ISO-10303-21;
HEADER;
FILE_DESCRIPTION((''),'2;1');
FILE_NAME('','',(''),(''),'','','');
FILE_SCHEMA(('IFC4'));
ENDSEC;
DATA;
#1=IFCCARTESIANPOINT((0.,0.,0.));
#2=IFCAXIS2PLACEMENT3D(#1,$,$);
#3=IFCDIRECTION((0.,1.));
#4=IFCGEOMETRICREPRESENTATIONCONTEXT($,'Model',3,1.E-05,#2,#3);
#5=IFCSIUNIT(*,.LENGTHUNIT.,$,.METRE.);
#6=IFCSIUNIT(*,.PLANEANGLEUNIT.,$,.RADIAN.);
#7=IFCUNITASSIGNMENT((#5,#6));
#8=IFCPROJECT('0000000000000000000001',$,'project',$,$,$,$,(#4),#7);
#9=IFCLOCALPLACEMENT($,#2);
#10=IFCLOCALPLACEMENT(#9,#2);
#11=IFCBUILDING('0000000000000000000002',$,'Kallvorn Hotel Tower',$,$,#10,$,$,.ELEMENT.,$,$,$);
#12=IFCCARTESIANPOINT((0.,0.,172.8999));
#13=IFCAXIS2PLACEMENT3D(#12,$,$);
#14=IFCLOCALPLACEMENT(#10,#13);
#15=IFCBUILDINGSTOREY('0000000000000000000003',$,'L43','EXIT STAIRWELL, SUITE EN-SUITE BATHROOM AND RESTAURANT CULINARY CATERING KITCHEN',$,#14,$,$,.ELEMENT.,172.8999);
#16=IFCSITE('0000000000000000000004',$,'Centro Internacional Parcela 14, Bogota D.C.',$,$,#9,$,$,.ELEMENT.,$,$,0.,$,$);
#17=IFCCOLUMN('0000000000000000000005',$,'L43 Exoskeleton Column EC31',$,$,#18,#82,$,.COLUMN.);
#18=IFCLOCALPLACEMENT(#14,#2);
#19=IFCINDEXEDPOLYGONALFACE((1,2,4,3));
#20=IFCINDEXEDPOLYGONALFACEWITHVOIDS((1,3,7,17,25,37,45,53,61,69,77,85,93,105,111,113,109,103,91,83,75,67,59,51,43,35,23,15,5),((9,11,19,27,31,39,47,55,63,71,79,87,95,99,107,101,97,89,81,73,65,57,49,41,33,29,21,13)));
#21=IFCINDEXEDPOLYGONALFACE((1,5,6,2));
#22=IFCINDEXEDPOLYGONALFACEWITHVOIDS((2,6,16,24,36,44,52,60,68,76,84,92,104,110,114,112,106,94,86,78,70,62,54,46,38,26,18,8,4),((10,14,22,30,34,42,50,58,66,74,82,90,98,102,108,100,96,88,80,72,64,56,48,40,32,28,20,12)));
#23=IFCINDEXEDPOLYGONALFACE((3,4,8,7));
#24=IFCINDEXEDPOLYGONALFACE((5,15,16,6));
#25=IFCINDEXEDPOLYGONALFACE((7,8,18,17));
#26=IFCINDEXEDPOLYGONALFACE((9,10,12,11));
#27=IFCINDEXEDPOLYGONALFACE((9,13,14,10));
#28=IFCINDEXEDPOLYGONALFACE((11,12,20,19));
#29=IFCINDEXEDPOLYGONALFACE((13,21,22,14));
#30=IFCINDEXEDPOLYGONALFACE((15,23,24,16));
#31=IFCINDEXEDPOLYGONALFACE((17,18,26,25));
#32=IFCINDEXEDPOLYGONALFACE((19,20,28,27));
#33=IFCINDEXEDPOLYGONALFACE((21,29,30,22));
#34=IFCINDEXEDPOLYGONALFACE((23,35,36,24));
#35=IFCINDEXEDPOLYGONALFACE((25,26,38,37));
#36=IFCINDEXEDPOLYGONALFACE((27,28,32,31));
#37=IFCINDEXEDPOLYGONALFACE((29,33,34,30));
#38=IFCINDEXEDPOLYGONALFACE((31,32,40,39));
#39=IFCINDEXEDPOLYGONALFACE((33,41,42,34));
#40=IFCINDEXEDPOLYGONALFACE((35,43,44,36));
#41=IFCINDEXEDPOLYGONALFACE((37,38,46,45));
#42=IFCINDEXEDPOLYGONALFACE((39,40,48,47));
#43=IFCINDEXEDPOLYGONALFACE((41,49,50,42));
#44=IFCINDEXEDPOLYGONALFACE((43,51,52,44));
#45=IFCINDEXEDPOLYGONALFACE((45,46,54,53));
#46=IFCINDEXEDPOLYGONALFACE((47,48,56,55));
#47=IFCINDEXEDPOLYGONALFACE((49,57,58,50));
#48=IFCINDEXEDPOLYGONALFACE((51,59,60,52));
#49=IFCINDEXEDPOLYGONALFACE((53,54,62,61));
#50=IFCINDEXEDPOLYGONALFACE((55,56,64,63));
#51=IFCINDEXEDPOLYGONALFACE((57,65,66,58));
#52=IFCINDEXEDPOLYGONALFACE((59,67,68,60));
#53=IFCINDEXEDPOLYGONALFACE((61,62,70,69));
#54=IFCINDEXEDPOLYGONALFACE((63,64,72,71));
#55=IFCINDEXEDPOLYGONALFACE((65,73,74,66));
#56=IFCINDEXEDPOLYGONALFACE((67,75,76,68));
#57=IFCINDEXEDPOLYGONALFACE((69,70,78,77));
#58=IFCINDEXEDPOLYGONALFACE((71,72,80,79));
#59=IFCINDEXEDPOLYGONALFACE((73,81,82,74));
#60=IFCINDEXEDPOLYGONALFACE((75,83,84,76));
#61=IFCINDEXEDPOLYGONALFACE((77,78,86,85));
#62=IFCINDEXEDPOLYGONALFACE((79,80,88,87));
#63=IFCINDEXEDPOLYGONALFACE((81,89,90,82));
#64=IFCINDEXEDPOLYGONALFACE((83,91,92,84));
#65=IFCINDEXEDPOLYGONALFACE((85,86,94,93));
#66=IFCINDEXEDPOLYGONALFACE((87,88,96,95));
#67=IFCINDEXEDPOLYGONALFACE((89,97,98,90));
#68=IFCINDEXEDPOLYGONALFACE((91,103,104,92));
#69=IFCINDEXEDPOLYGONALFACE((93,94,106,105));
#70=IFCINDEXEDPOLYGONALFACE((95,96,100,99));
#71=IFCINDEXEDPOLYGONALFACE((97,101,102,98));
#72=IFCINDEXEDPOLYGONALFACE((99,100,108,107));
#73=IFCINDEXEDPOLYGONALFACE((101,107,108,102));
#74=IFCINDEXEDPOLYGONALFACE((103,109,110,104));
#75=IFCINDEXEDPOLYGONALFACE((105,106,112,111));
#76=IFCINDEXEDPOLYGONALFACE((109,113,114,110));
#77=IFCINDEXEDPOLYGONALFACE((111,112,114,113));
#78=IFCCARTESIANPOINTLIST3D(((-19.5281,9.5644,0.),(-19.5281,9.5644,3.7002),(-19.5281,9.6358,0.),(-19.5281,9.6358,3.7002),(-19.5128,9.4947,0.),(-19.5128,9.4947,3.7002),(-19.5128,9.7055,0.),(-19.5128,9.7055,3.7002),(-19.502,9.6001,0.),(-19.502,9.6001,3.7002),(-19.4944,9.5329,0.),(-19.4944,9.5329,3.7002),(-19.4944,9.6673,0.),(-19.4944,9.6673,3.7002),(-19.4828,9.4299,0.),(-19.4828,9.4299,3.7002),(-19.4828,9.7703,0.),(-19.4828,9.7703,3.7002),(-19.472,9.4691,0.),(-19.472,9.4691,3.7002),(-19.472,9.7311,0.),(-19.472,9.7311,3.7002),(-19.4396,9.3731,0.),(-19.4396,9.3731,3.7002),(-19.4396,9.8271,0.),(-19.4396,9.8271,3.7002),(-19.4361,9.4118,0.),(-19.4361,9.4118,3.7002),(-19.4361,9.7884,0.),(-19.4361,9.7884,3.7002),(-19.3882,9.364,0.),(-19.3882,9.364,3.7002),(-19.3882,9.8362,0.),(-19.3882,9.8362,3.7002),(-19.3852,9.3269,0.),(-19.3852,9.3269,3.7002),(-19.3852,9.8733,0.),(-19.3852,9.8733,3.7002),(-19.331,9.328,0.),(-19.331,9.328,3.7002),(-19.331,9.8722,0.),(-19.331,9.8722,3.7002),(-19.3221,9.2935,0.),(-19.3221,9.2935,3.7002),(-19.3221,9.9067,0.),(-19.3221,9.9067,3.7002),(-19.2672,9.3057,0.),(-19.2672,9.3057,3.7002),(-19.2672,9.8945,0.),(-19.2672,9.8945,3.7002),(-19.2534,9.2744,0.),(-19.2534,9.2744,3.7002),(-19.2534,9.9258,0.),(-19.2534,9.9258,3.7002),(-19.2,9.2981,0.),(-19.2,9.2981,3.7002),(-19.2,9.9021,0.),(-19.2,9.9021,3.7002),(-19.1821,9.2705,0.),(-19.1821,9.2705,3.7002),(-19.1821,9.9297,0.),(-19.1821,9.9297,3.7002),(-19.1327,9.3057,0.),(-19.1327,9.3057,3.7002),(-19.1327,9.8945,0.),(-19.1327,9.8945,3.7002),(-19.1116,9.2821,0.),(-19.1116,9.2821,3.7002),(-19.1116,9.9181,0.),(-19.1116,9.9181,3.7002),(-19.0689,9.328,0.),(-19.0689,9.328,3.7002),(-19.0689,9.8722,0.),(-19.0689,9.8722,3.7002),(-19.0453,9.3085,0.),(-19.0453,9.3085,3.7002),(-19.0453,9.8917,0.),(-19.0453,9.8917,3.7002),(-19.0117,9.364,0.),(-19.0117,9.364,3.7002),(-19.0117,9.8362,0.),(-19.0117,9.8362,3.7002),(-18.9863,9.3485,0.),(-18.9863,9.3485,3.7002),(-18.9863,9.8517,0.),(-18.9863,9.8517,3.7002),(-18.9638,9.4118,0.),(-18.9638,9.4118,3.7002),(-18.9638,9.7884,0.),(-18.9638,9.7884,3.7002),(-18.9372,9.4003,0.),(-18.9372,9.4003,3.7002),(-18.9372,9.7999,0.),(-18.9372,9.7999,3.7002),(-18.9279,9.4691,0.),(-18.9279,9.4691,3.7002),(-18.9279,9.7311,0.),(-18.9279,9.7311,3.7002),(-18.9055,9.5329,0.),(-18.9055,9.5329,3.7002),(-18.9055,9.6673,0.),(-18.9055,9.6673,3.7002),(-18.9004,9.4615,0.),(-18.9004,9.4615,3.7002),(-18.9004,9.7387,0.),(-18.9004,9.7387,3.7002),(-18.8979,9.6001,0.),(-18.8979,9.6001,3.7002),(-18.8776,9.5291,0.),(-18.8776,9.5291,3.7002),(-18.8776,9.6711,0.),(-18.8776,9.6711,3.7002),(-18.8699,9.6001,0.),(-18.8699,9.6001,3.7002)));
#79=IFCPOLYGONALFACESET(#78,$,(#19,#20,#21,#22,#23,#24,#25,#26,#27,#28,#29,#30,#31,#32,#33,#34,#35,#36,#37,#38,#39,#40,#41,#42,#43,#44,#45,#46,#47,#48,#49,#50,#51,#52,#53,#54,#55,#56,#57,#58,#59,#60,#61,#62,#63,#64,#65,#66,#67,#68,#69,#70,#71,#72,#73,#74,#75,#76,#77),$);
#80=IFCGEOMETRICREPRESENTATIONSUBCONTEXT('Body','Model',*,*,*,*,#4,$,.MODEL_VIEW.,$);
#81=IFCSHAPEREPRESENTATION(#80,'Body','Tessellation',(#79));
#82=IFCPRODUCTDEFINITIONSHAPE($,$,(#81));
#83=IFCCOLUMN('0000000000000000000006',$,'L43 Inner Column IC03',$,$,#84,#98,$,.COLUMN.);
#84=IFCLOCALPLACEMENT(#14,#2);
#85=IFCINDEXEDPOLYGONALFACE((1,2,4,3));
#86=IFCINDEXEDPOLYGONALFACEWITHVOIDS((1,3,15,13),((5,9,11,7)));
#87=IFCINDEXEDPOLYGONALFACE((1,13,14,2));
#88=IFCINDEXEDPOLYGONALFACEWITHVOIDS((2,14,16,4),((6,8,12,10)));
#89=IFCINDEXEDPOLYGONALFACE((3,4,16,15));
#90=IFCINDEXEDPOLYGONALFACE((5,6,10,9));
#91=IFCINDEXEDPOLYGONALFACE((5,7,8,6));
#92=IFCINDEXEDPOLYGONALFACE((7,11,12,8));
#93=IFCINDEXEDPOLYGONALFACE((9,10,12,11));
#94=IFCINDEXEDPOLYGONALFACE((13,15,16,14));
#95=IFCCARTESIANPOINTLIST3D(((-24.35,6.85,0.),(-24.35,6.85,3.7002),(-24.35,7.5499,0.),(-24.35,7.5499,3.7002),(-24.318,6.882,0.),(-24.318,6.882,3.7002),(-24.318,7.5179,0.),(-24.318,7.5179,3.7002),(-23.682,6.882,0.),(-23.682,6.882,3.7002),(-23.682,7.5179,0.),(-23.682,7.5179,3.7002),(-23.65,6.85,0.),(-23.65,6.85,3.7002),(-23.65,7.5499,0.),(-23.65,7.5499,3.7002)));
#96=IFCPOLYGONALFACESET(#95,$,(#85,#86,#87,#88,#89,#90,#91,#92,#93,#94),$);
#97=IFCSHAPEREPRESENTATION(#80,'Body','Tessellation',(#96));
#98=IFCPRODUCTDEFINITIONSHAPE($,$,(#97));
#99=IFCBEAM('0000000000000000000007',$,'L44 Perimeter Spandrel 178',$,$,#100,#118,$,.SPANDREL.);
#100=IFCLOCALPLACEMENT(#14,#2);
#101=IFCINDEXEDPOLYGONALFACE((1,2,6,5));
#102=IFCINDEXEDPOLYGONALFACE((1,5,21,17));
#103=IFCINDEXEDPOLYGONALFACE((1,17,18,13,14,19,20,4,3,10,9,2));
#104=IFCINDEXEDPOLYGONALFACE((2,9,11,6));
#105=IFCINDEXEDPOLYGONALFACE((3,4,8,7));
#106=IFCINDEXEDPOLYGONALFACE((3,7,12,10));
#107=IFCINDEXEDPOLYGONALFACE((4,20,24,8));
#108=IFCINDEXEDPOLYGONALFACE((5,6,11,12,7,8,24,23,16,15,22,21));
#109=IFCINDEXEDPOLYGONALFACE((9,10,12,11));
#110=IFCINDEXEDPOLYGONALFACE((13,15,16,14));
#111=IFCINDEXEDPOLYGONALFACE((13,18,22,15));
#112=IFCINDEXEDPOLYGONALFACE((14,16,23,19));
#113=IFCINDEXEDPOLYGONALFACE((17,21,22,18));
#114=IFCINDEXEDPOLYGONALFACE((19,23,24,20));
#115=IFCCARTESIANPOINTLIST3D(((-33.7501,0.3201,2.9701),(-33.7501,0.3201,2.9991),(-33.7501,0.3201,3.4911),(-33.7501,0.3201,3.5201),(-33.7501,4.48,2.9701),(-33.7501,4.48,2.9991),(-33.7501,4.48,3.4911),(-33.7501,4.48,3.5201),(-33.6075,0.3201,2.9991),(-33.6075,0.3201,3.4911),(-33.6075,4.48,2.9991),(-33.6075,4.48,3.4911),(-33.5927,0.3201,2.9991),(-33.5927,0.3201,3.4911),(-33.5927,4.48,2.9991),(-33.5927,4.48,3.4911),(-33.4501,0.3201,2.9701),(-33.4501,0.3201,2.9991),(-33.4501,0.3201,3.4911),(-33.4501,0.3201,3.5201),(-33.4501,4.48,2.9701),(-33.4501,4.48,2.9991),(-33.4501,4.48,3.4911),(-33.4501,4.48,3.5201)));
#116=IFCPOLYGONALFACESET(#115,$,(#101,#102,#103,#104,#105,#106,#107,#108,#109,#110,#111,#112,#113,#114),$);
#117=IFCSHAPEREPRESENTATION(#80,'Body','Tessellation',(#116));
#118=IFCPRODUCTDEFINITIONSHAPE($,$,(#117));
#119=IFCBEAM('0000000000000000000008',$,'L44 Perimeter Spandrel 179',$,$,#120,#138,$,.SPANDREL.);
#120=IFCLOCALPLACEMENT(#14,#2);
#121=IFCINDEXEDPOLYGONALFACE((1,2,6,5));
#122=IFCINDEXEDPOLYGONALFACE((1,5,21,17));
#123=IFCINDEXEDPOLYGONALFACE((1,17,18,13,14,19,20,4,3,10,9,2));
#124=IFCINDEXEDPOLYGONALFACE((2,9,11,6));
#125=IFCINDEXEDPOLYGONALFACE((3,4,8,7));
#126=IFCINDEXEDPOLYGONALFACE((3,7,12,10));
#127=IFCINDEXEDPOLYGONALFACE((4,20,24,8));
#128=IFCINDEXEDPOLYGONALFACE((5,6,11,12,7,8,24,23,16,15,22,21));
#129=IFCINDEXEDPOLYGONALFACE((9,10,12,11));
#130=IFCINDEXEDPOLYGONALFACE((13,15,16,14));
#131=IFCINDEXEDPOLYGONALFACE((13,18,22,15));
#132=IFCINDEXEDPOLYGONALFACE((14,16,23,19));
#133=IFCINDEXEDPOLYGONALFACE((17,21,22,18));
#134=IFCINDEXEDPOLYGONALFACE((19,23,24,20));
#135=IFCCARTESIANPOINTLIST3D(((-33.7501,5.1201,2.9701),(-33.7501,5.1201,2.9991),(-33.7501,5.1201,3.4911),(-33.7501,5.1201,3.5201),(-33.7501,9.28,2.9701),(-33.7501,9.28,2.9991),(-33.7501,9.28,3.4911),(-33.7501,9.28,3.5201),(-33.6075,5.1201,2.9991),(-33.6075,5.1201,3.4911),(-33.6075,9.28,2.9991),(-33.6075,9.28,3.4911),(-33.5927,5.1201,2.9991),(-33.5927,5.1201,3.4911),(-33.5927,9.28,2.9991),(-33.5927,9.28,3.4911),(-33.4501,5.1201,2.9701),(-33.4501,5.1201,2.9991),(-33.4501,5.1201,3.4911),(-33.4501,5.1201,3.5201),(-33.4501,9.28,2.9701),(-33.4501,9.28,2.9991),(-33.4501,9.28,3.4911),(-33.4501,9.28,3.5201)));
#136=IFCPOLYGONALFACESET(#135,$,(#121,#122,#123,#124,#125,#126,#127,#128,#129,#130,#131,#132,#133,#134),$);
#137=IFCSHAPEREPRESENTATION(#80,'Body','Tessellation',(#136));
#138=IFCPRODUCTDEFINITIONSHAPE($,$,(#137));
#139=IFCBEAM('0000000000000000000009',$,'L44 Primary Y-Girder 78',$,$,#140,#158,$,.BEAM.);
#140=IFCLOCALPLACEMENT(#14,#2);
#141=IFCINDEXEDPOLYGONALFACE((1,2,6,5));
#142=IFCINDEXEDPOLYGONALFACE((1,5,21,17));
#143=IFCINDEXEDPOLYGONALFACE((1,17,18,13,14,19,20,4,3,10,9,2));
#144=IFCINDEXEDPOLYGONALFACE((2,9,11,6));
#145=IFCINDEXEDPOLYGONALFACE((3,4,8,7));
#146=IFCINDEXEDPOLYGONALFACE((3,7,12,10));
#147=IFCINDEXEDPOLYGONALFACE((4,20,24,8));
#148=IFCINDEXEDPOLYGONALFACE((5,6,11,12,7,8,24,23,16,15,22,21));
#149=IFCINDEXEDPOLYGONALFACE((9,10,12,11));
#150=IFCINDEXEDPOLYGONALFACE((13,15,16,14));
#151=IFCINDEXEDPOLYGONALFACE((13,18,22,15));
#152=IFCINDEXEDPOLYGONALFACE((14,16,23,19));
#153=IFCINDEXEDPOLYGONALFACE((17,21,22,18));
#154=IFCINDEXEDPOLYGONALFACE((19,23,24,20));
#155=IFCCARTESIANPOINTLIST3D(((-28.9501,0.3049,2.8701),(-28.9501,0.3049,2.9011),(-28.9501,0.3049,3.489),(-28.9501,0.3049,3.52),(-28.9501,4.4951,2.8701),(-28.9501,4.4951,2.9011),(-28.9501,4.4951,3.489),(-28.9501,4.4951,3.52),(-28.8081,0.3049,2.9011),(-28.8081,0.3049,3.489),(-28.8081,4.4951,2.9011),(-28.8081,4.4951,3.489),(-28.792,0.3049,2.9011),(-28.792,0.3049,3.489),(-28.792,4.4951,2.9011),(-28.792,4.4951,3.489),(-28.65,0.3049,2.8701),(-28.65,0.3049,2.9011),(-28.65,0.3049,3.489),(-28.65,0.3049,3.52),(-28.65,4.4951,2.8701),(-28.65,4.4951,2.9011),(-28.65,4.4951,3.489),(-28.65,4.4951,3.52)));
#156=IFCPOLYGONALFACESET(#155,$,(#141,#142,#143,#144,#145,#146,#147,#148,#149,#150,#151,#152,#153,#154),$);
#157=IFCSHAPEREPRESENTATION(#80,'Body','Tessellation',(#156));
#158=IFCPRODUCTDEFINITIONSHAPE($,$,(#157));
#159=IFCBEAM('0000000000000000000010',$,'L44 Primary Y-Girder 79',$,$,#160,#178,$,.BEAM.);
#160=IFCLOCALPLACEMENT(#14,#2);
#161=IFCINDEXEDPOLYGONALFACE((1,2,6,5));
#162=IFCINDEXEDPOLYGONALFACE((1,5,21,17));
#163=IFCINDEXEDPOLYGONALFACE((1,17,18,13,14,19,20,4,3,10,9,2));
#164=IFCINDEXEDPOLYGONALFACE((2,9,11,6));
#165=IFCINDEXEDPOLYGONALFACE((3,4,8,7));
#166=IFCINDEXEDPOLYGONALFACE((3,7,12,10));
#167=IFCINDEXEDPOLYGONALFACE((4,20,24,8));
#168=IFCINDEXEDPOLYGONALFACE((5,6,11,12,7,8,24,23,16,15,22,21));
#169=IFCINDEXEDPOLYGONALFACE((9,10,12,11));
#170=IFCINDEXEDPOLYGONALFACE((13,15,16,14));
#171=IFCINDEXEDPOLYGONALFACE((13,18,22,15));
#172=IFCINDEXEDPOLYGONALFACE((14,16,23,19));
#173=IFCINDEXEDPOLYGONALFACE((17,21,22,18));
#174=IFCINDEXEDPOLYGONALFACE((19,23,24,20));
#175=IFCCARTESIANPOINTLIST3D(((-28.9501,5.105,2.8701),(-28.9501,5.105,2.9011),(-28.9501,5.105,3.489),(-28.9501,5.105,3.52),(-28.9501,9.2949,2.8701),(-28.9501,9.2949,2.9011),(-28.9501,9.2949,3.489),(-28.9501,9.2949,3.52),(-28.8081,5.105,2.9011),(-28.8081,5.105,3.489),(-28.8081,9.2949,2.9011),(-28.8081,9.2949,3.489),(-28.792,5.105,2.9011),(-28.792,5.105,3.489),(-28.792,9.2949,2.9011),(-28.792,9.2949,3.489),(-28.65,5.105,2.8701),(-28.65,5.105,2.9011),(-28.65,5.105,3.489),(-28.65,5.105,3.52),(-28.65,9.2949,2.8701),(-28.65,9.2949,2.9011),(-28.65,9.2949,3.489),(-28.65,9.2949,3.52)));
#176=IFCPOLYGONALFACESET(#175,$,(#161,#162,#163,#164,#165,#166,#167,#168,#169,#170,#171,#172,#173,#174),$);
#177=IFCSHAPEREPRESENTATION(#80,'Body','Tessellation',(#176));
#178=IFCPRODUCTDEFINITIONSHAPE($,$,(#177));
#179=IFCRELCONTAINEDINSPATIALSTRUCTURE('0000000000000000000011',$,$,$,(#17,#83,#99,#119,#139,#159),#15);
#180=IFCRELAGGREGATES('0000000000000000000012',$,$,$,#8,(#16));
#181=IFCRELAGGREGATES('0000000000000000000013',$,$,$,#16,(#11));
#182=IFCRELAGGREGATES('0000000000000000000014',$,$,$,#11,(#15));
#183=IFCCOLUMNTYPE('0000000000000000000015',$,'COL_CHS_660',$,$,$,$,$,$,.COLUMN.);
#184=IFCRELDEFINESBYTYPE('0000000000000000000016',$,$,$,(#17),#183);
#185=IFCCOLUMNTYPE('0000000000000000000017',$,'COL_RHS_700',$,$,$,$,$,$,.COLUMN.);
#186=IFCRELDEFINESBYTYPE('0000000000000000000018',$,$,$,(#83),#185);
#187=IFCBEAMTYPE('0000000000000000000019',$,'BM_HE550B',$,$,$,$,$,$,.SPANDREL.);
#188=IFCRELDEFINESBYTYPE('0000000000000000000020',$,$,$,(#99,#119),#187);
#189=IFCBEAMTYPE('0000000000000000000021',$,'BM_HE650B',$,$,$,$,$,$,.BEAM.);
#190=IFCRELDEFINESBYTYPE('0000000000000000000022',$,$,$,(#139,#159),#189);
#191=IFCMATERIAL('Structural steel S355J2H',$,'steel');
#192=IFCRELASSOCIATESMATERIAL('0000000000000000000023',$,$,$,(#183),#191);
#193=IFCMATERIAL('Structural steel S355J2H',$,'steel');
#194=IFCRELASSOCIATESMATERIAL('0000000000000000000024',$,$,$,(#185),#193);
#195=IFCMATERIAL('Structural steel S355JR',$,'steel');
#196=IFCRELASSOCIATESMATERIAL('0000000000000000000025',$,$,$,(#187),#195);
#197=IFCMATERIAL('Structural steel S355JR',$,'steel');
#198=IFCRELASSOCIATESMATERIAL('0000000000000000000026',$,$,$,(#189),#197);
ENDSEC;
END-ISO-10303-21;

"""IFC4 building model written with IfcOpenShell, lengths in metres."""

from ifc_helpers import new_model, si_unit, direction, frame, origin, origin_2d, place, context, subcontext, project, spatial, hollow_rectangle, hollow_circle, i_section, extrude, material, material_profile, profile_set, type_object, element, save


model = new_model("IFC4")

# Units and contexts
model_context = context("Model", 3, precision=1e-05, world=origin(), true_north=direction((0.0, 1.0)))
body_context = subcontext(model_context, "Body", "Model", "MODEL_VIEW")
ifc_project = project(units=[si_unit("LENGTHUNIT", "METRE"), si_unit("PLANEANGLEUNIT", "RADIAN")], contexts=[model_context])

# Site, building, storey
site_placement = place(None, origin())
site = spatial("IfcSite", under=ifc_project, at=site_placement, Name="Centro Internacional Parcela 14, Bogota D.C.", CompositionType="ELEMENT", RefElevation=0.0)
building_placement = place(site_placement, origin())
building = spatial("IfcBuilding", under=site, at=building_placement, Name="Kallvorn Hotel Tower", CompositionType="ELEMENT")
storey_placement = place(building_placement, frame((0.0, 0.0, 172.8999)))
storey = spatial("IfcBuildingStorey", under=building, at=storey_placement, Name="L43", Description="EXIT STAIRWELL, SUITE EN-SUITE BATHROOM AND RESTAURANT CULINARY CATERING KITCHEN", CompositionType="ELEMENT", Elevation=172.8999)

# Columns
ifc_material_1 = material(Name="Structural steel S355J2H", Category="steel")
ifc_material_profile_1 = material_profile(ifc_material_1, hollow_circle(Radius=0.3301, WallThickness=0.0281, at=origin_2d()), Name="CHS 660x28")
ifc_profile_set_1 = profile_set([ifc_material_profile_1], Name="Structural steel S355J2H")
column_type_1 = type_object("IfcColumnType", Name="COL_CHS_660", PredefinedType="COLUMN", material=ifc_profile_set_1)
for number, where, z_axis, x_axis, name in (
    (1, (-19.2, 9.6001, 0.0), (0.0, 0.0, 1.0), (1.0, 0.0, 0.0), "L43 Exoskeleton Column EC31"),
):
    element("IfcColumn", number, at=place(storey_placement, frame(where, z_axis=z_axis, x_axis=x_axis)), inside=storey, type_object=column_type_1, Name=name, PredefinedType="COLUMN", context=body_context, shape_type="SweptSolid", body=[
        extrude(hollow_circle(Radius=0.3301, WallThickness=0.0281, at=origin_2d()), origin(), (0.0, 0.0, 1.0), 3.7002),
    ])
ifc_material_2 = material(Name="Structural steel S355J2H", Category="steel")
ifc_material_profile_2 = material_profile(ifc_material_2, hollow_rectangle(XDim=0.7, YDim=0.7, WallThickness=0.032, at=origin_2d()), Name="RHS 700x700x32")
ifc_profile_set_2 = profile_set([ifc_material_profile_2], Name="Structural steel S355J2H")
column_type_2 = type_object("IfcColumnType", Name="COL_RHS_700", PredefinedType="COLUMN", material=ifc_profile_set_2)
column_placement = place(storey_placement, frame((-24.0, 7.2, 0.0), z_axis=(0.0, 0.0, 1.0), x_axis=(1.0, 0.0, 0.0)))
element("IfcColumn", 2, at=column_placement, inside=storey, type_object=column_type_2, Name="L43 Inner Column IC03", PredefinedType="COLUMN", context=body_context, shape_type="SweptSolid", body=[
    extrude(hollow_rectangle(XDim=0.7, YDim=0.7, WallThickness=0.032, at=origin_2d()), origin(), (0.0, 0.0, 1.0), 3.7002),
])

# Beams
ifc_material_3 = material(Name="Structural steel S355JR", Category="steel")
ifc_material_profile_3 = material_profile(ifc_material_3, i_section(OverallWidth=0.3, OverallDepth=0.55, WebThickness=0.0149, FlangeThickness=0.0291, at=origin_2d()), Name="HE 550 B")
ifc_profile_set_3 = profile_set([ifc_material_profile_3], Name="Structural steel S355JR")
beam_type_1 = type_object("IfcBeamType", Name="BM_HE550B", PredefinedType="SPANDREL", material=ifc_profile_set_3)
for number, where, z_axis, x_axis, name in (
    (3, (-33.6001, 0.3201, 3.2451), (0.0, 1.0, 0.0), (-1.0, 0.0, 0.0), "L44 Perimeter Spandrel 178"),
    (4, (-33.6001, 5.1201, 3.2451), (0.0, 1.0, 0.0), (-1.0, 0.0, 0.0), "L44 Perimeter Spandrel 179"),
):
    element("IfcBeam", number, at=place(storey_placement, frame(where, z_axis=z_axis, x_axis=x_axis)), inside=storey, type_object=beam_type_1, Name=name, PredefinedType="SPANDREL", context=body_context, shape_type="SweptSolid", body=[
        extrude(i_section(OverallWidth=0.3, OverallDepth=0.55, WebThickness=0.0149, FlangeThickness=0.0291, at=origin_2d()), origin(), (0.0, 0.0, 1.0), 4.1599),
    ])
ifc_material_4 = material(Name="Structural steel S355JR", Category="steel")
ifc_material_profile_4 = material_profile(ifc_material_4, i_section(OverallWidth=0.3, OverallDepth=0.6499, WebThickness=0.0161, FlangeThickness=0.031, at=origin_2d()), Name="HE 650 B")
ifc_profile_set_4 = profile_set([ifc_material_profile_4], Name="Structural steel S355JR")
beam_type_2 = type_object("IfcBeamType", Name="BM_HE650B", PredefinedType="BEAM", material=ifc_profile_set_4)
beam_1_placement = place(storey_placement, frame((-28.8, 0.3049, 3.1951), z_axis=(0.0, 1.0, 0.0), x_axis=(-1.0, 0.0, 0.0)))
element("IfcBeam", 5, at=beam_1_placement, inside=storey, type_object=beam_type_2, Name="L44 Primary Y-Girder 78", PredefinedType="BEAM", context=body_context, shape_type="SweptSolid", body=[
    extrude(i_section(OverallWidth=0.3, OverallDepth=0.6499, WebThickness=0.0161, FlangeThickness=0.031, at=origin_2d()), origin(), (0.0, 0.0, 1.0), 4.1902),
])
beam_2_placement = place(storey_placement, frame((-28.8, 5.105, 3.1951), z_axis=(0.0, 1.0, 0.0), x_axis=(-1.0, 0.0, 0.0)))
element("IfcBeam", 6, at=beam_2_placement, inside=storey, type_object=beam_type_2, Name="L44 Primary Y-Girder 79", PredefinedType="BEAM", context=body_context, shape_type="SweptSolid", body=[
    extrude(i_section(OverallWidth=0.3, OverallDepth=0.6499, WebThickness=0.0161, FlangeThickness=0.031, at=origin_2d()), origin(), (0.0, 0.0, 1.0), 4.1899),
])

save(model, "model.ifc")
